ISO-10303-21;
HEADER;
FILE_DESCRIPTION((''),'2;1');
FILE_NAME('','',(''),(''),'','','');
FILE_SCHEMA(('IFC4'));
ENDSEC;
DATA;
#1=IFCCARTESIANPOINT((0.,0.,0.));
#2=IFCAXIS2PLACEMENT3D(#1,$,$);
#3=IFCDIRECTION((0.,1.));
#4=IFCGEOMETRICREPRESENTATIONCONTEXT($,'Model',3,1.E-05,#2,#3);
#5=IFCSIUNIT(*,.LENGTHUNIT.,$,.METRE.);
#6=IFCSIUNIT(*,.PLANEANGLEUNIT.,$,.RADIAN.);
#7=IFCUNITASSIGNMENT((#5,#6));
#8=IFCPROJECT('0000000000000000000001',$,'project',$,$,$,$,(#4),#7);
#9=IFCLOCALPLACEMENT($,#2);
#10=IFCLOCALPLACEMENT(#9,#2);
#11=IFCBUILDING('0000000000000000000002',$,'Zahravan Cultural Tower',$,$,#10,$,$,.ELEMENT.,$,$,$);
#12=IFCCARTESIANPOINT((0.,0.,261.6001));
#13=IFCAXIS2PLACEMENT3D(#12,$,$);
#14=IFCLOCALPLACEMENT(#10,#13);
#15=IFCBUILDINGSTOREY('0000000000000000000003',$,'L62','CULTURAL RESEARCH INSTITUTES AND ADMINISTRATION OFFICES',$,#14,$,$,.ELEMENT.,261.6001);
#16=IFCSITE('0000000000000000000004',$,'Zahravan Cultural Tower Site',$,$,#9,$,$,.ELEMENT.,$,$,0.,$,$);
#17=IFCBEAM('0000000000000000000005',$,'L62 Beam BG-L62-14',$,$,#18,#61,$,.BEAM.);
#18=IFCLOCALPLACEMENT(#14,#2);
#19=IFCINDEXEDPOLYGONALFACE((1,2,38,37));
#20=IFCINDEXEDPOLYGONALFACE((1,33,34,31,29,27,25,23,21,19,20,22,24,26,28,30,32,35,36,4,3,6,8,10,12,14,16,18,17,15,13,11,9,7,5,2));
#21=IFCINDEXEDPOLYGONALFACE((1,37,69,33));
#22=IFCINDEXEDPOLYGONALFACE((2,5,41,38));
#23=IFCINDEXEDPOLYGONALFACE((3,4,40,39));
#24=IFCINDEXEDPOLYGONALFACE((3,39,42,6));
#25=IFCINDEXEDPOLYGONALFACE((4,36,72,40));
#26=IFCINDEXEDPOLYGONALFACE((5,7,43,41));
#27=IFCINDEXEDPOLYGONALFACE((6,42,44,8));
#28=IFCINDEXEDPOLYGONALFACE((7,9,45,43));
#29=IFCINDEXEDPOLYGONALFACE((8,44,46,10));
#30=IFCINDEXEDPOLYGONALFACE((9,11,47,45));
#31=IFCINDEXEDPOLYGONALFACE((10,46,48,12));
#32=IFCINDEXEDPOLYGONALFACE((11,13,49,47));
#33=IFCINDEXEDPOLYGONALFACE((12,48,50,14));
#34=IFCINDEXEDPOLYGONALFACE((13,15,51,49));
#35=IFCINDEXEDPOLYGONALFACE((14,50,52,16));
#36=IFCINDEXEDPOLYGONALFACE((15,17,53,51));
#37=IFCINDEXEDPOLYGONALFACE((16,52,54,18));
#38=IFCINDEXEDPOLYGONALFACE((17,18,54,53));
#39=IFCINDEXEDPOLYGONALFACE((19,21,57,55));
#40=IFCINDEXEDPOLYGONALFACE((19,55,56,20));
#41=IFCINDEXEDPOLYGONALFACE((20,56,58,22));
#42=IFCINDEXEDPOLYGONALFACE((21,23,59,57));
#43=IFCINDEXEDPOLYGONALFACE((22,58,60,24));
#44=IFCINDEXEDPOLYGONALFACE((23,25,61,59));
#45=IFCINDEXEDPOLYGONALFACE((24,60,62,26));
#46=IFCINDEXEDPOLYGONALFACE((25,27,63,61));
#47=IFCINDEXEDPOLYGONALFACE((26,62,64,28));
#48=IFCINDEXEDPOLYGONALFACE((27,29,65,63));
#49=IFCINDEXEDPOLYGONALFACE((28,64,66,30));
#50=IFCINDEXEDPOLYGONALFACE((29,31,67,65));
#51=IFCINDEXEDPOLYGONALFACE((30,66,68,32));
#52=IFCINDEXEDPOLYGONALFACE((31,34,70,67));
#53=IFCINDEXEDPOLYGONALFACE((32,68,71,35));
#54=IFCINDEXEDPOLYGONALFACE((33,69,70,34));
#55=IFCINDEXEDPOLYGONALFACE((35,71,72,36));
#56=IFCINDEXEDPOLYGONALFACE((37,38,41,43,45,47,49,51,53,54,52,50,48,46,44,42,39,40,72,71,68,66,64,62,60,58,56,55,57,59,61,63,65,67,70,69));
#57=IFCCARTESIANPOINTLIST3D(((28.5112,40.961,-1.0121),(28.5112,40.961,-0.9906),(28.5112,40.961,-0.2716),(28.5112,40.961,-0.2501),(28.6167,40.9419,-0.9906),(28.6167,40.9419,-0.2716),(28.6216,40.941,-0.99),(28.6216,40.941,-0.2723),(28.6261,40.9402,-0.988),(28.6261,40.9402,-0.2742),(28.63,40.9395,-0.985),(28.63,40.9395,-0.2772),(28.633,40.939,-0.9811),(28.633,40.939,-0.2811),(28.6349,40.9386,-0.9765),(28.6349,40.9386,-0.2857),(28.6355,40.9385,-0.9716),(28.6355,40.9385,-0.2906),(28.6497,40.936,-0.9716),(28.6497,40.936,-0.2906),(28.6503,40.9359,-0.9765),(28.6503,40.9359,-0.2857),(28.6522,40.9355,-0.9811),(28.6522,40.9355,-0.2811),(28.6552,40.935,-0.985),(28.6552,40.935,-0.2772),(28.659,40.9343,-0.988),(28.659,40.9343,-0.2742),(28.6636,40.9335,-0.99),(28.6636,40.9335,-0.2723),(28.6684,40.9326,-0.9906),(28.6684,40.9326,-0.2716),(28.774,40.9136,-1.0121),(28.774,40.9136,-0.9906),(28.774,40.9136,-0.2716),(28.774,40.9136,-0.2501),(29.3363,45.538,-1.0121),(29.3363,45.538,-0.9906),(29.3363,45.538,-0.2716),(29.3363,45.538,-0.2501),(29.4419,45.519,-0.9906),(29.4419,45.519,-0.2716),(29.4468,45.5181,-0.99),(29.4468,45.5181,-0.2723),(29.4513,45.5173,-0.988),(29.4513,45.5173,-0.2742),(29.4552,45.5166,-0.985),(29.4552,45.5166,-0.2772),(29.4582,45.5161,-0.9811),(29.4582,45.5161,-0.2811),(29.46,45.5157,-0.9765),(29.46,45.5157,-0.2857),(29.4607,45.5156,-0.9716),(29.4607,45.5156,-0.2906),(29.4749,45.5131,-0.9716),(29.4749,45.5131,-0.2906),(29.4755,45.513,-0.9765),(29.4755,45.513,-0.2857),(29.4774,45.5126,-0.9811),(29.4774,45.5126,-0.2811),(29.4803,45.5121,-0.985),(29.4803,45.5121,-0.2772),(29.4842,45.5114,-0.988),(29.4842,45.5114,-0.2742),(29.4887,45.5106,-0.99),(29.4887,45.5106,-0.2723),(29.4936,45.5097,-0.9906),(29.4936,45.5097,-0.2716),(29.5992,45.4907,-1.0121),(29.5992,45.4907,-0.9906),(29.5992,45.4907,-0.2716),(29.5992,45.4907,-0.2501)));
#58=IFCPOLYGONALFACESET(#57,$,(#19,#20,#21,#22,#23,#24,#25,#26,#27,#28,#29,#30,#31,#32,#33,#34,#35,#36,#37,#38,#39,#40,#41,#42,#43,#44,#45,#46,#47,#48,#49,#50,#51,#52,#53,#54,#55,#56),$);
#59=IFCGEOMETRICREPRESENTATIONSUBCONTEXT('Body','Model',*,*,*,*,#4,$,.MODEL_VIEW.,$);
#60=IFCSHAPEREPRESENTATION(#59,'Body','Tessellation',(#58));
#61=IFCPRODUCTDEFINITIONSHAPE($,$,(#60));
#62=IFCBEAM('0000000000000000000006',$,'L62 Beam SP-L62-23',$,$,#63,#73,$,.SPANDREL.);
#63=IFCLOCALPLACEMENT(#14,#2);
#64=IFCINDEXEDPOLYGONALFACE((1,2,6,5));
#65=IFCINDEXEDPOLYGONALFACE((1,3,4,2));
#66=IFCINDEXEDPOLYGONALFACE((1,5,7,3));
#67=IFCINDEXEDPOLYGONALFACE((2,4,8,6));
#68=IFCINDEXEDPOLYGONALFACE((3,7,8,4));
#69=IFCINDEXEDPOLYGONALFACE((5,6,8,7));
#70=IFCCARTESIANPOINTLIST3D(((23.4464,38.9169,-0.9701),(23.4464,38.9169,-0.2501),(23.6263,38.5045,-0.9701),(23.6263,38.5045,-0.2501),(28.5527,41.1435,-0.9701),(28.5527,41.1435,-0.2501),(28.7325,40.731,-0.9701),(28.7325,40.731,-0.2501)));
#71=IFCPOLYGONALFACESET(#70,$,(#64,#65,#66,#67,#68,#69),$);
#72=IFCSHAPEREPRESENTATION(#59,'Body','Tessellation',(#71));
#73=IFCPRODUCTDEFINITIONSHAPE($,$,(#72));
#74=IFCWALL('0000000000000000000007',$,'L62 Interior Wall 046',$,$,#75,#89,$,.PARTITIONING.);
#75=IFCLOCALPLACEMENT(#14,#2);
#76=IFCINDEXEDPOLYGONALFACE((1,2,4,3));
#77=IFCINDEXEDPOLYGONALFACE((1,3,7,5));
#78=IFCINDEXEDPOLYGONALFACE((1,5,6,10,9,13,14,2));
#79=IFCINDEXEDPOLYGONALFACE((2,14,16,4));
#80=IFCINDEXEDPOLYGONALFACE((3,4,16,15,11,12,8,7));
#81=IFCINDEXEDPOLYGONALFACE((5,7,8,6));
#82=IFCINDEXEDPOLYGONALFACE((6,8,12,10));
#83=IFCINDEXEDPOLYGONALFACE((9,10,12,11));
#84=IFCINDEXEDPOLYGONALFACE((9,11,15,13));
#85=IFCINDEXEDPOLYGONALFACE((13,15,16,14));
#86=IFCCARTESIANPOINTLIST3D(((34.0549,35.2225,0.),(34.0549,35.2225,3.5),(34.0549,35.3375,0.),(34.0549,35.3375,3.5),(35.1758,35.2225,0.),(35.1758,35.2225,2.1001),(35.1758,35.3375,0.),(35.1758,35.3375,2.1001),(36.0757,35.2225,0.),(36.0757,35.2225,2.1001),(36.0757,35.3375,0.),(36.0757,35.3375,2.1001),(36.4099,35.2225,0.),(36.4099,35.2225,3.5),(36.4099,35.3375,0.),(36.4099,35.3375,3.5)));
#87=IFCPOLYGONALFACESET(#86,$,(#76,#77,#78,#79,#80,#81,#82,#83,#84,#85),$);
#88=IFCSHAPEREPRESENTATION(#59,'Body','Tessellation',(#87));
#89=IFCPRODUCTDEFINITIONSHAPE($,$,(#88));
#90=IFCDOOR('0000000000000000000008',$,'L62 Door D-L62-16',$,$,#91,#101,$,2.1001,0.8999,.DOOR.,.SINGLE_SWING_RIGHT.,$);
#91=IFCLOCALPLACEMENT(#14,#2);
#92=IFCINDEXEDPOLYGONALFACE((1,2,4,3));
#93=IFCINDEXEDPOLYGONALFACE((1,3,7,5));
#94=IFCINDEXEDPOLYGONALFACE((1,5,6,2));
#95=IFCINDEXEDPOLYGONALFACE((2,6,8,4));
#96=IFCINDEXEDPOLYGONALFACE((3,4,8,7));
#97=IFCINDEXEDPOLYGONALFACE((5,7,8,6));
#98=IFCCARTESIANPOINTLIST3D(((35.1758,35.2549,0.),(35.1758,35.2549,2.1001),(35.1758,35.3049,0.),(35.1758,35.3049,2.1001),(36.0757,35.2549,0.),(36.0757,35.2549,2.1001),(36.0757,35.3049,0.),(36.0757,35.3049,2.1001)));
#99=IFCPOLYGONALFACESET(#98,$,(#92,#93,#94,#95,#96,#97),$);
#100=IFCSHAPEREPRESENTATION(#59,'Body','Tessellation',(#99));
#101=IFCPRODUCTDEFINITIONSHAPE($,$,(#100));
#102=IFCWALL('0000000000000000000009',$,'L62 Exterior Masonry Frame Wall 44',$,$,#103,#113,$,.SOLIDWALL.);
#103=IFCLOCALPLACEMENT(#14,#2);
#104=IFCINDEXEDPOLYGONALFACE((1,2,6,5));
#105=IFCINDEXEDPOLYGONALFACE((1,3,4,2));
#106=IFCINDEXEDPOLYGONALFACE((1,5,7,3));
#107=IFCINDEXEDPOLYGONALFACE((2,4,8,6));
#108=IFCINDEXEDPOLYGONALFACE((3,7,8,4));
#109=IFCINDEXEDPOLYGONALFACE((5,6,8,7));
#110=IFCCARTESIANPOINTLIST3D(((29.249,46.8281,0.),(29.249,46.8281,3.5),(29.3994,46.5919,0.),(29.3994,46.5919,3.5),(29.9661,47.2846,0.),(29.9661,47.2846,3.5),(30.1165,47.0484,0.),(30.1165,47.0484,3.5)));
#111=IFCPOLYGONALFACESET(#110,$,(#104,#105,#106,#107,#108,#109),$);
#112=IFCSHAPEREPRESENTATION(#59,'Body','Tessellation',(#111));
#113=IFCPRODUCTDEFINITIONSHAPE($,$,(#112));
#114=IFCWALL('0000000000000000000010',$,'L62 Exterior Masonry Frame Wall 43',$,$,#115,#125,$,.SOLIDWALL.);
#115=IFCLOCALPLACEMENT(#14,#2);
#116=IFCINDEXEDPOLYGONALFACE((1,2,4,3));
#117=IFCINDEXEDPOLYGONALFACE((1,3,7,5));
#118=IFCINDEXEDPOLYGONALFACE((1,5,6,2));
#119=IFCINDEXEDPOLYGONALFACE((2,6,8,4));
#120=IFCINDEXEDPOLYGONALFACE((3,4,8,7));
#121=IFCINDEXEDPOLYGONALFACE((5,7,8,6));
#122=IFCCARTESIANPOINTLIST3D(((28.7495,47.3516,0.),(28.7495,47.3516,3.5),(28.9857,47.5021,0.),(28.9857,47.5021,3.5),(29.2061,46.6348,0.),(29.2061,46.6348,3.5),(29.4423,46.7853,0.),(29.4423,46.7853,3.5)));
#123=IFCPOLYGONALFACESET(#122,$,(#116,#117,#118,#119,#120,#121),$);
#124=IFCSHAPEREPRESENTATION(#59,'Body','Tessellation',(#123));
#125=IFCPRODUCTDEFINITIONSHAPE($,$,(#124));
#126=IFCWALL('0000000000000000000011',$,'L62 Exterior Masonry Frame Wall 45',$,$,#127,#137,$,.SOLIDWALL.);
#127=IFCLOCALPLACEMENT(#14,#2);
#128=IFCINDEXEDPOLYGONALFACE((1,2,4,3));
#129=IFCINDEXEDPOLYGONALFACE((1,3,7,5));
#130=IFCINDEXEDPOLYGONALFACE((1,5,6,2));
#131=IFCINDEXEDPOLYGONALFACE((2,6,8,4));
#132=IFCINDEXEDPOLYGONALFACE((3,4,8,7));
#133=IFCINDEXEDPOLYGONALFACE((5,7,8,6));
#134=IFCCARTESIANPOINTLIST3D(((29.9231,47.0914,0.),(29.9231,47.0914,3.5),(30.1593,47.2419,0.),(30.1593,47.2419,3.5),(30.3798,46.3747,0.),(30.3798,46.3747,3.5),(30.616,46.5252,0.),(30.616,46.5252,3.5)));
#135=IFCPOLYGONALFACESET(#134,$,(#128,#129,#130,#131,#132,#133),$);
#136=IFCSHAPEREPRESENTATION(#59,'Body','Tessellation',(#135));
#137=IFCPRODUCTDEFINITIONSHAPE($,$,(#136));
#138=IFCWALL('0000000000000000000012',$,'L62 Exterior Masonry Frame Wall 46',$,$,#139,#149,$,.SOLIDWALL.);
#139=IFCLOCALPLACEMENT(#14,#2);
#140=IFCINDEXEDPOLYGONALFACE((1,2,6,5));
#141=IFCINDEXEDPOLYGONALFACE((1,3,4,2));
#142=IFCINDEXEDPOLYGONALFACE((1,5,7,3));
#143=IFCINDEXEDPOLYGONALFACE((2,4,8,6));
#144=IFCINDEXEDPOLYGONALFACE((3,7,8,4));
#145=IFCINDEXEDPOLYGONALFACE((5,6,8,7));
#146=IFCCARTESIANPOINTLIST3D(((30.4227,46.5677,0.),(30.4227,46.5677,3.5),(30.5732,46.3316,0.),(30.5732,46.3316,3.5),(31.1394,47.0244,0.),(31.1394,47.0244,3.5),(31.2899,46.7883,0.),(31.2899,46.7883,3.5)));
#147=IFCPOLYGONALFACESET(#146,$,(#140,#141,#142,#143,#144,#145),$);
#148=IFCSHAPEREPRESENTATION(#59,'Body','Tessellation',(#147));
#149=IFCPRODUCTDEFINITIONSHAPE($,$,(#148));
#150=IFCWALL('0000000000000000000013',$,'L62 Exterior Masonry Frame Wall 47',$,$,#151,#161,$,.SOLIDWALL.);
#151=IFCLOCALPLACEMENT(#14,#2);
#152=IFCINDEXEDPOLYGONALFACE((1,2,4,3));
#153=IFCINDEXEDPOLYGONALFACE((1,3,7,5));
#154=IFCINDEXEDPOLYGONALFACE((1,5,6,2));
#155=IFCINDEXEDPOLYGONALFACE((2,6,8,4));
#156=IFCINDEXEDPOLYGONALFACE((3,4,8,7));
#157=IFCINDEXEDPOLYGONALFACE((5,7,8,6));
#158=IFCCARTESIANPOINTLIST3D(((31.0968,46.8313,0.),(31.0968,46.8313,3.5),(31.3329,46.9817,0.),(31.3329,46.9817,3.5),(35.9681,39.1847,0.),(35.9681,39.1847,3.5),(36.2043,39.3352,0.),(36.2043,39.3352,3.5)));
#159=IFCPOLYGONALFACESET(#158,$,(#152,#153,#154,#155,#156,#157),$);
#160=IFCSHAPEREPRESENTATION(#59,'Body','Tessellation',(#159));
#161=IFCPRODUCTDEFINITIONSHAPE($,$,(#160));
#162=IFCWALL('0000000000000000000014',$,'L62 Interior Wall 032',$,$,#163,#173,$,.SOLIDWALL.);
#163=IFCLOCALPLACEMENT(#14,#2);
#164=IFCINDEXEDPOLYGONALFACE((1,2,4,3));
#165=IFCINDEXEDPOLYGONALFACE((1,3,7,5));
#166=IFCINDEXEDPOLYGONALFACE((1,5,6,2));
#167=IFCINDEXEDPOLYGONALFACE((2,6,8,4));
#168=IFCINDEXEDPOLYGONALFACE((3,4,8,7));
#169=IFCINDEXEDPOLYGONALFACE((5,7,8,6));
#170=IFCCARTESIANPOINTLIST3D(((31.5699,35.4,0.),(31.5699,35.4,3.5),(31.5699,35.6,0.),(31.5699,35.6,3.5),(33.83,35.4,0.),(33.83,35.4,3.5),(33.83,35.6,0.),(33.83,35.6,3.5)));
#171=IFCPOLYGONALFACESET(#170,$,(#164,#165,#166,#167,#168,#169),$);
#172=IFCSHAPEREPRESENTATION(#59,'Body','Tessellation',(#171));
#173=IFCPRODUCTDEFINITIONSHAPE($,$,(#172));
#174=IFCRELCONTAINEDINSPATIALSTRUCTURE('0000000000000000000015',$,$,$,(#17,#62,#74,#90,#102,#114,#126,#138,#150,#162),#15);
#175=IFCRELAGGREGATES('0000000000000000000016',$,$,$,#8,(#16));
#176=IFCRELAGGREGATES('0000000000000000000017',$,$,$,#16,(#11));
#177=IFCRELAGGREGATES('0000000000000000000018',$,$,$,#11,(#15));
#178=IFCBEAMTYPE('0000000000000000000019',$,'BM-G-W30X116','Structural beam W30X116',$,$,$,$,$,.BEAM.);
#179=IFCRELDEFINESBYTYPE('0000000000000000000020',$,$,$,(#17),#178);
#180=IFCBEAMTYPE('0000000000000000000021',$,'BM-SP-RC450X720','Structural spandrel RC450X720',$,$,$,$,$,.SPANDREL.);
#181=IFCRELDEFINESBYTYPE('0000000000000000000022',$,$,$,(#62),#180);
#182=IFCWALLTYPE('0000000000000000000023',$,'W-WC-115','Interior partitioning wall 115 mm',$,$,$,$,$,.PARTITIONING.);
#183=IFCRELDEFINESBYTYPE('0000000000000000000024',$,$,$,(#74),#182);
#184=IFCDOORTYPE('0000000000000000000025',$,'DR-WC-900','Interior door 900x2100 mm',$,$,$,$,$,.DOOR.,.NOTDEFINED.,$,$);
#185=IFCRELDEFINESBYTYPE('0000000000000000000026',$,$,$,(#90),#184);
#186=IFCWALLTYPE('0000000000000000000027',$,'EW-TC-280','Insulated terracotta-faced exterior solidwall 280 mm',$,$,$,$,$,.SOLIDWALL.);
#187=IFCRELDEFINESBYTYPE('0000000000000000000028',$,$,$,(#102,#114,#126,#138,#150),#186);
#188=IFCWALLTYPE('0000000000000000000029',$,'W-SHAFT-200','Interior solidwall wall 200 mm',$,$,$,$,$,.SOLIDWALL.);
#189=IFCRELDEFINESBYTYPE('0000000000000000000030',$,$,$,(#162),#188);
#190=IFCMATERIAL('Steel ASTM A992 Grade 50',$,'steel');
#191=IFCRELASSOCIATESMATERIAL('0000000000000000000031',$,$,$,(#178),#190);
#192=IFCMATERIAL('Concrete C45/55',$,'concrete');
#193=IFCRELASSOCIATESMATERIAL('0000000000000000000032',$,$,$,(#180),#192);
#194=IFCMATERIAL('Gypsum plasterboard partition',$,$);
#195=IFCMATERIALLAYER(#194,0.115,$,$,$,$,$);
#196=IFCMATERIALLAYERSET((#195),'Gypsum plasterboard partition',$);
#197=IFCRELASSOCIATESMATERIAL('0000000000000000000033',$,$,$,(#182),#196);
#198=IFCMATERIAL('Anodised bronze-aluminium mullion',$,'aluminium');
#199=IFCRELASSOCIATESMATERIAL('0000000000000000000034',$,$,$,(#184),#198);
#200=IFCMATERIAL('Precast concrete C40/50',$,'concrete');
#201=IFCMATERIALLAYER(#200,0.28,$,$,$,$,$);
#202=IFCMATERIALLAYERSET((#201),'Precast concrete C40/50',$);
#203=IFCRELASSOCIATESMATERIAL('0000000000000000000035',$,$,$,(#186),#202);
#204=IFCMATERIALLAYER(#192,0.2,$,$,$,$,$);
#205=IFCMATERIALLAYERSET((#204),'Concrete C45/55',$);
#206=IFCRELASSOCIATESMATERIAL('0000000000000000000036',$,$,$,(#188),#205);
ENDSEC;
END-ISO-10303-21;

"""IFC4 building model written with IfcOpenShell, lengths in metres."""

from ifc_helpers import new_model, si_unit, direction, frame, frame_2d, origin, origin_2d, place, context, subcontext, project, spatial, rectangle, i_section, extrude, source, transform, mapped, material, layer, layer_set, material_profile, profile_set, type_object, element, fill, save


model = new_model("IFC4")

# Units and contexts
model_context = context("Model", 3, precision=1e-05, world=origin(), true_north=direction((0.0, 1.0)))
body_context = subcontext(model_context, "Body", "Model", "MODEL_VIEW")
ifc_project = project(units=[si_unit("LENGTHUNIT", "METRE"), si_unit("PLANEANGLEUNIT", "RADIAN")], contexts=[model_context])

# Site, building, storey
site_placement = place(None, origin())
site = spatial("IfcSite", under=ifc_project, at=site_placement, Name="Zahravan Cultural Tower Site", CompositionType="ELEMENT", RefElevation=0.0)
building_placement = place(site_placement, origin())
building = spatial("IfcBuilding", under=site, at=building_placement, Name="Zahravan Cultural Tower", CompositionType="ELEMENT")
storey_placement = place(building_placement, frame((0.0, 0.0, 261.6001)))
storey = spatial("IfcBuildingStorey", under=building, at=storey_placement, Name="L62", Description="CULTURAL RESEARCH INSTITUTES AND ADMINISTRATION OFFICES", CompositionType="ELEMENT", Elevation=261.6001)

# Shared definitions
ifc_material_1 = material(Name="Steel ASTM A992 Grade 50", Category="steel")

# Beams
ifc_material_profile_1 = material_profile(ifc_material_1, i_section(OverallWidth=0.2671, OverallDepth=0.762, WebThickness=0.0144, FlangeThickness=0.0215, FilletRadius=0.019, at=origin_2d()), Name="W30X116")
ifc_profile_set_1 = profile_set([ifc_material_profile_1], Name="Steel ASTM A992 Grade 50")
beam_type_1 = type_object("IfcBeamType", Name="BM-G-W30X116", Description="Structural beam W30X116", PredefinedType="BEAM", material=ifc_profile_set_1)
shared_shape_1 = source(origin(), body_context, "Body", "SweptSolid", [
    extrude(i_section(OverallWidth=0.2671, OverallDepth=0.762, WebThickness=0.0144, FlangeThickness=0.0215, FilletRadius=0.019, at=origin_2d()), origin(), (0.0, 0.0, 1.0), 4.6509),
])
beam_1_placement = place(storey_placement, frame((28.6426, 40.9373, -0.6311), z_axis=(0.177426, 0.984134, 0.0), x_axis=(-0.984134, 0.177426, 0.0)))
element("IfcBeam", 1, at=beam_1_placement, inside=storey, type_object=beam_type_1, Name="L62 Beam BG-L62-14", PredefinedType="BEAM", context=body_context, shape_type="MappedRepresentation", body=[
    mapped(shared_shape_1, transform((0.0, 0.0, 0.0), x_axis=(1.0, 0.0, 0.0), y_axis=(0.0, 1.0, 0.0), z_axis=(0.0, 0.0, 1.0), scale=1.0)),
])
ifc_material_2 = material(Name="Concrete C45/55", Category="concrete")
ifc_material_profile_2 = material_profile(ifc_material_2, rectangle(XDim=0.45, YDim=0.72, at=origin_2d()), Name="RC450X720")
ifc_profile_set_2 = profile_set([ifc_material_profile_2], Name="Concrete C45/55")
beam_type_2 = type_object("IfcBeamType", Name="BM-SP-RC450X720", Description="Structural spandrel RC450X720", PredefinedType="SPANDREL", material=ifc_profile_set_2)
shared_shape_2 = source(origin(), body_context, "Body", "SweptSolid", [
    extrude(rectangle(XDim=0.45, YDim=0.72, at=origin_2d()), origin(), (0.0, 0.0, 1.0), 5.5706),
])
beam_2_placement = place(storey_placement, frame((28.6426, 40.9373, -0.6101), z_axis=(-0.916645, -0.399703, 0.0), x_axis=(0.399703, -0.916645, 0.0)))
element("IfcBeam", 2, at=beam_2_placement, inside=storey, type_object=beam_type_2, Name="L62 Beam SP-L62-23", PredefinedType="SPANDREL", context=body_context, shape_type="MappedRepresentation", body=[
    mapped(shared_shape_2, transform((0.0, 0.0, 0.0), x_axis=(1.0, 0.0, 0.0), y_axis=(0.0, 1.0, 0.0), z_axis=(0.0, 0.0, 1.0), scale=1.0)),
])

# Wall, opening, door
ifc_material_3 = material(Name="Gypsum plasterboard partition")
ifc_material_4 = material(Name="Anodised bronze-aluminium mullion", Category="aluminium")
ifc_layer_1 = layer(ifc_material_3, 0.115)
ifc_layer_set_1 = layer_set([ifc_layer_1], Name="Gypsum plasterboard partition")
wall_type_1 = type_object("IfcWallType", Name="W-WC-115", Description="Interior partitioning wall 115 mm", PredefinedType="PARTITIONING", material=ifc_layer_set_1)
wall_1_placement = place(storey_placement, frame((34.0549, 35.28, 0.0), z_axis=(0.0, 0.0, 1.0), x_axis=(1.0, 0.0, 0.0)))
wall_1 = element("IfcWall", 3, at=wall_1_placement, inside=storey, type_object=wall_type_1, Name="L62 Interior Wall 046", PredefinedType="PARTITIONING", context=body_context, shape_type="SweptSolid", body=[
    extrude(rectangle(XDim=2.355, YDim=0.115, at=frame_2d((1.1775, 0.0))), origin(), (0.0, 0.0, 1.0), 3.5),
])
opening_1_placement = place(wall_1_placement, frame((1.1208, 0.0, 0.0)))
opening_1 = element("IfcOpeningElement", 4, at=opening_1_placement, cuts=wall_1, PredefinedType="OPENING", context=body_context, shape_type="SweptSolid", body=[
    extrude(rectangle(XDim=0.8999, YDim=2.1001, at=frame_2d((0.45, 1.05))), frame((0.0, 0.0674, 0.0), z_axis=(0.0, -1.0, 0.0), x_axis=(1.0, 0.0, 0.0)), (0.0, 0.0, 1.0), 0.135),
])
door_type_1 = type_object("IfcDoorType", Name="DR-WC-900", Description="Interior door 900x2100 mm", OperationType="NOTDEFINED", PredefinedType="DOOR", material=ifc_material_4)
shared_shape_3 = source(origin(), body_context, "Body", "SweptSolid", [
    extrude(rectangle(XDim=0.8999, YDim=2.1001, at=frame_2d((0.45, 1.05))), frame((0.0, 0.0249, 0.0), z_axis=(0.0, -1.0, 0.0), x_axis=(1.0, 0.0, 0.0)), (0.0, 0.0, 1.0), 0.05),
])
door_1_placement = place(opening_1_placement, origin())
door_1 = element("IfcDoor", 5, at=door_1_placement, inside=storey, type_object=door_type_1, Name="L62 Door D-L62-16", OperationType="SINGLE_SWING_RIGHT", OverallHeight=2.1001, OverallWidth=0.8999, PredefinedType="DOOR", context=body_context, shape_type="MappedRepresentation", body=[
    mapped(shared_shape_3, transform((0.0, 0.0, 0.0), x_axis=(1.0, 0.0, 0.0), y_axis=(0.0, 1.0, 0.0), z_axis=(0.0, 0.0, 1.0), scale=1.0)),
])
fill(opening_1, door_1)

# Walls
ifc_material_5 = material(Name="Precast concrete C40/50", Category="concrete")
ifc_layer_2 = layer(ifc_material_5, 0.28)
ifc_layer_set_2 = layer_set([ifc_layer_2], Name="Precast concrete C40/50")
wall_type_2 = type_object("IfcWallType", Name="EW-TC-280", Description="Insulated terracotta-faced exterior solidwall 280 mm", PredefinedType="SOLIDWALL", material=ifc_layer_set_2)
shared_shape_4 = source(origin(), body_context, "Body", "SweptSolid", [
    extrude(rectangle(XDim=0.8501, YDim=0.28, at=frame_2d((0.425, 0.0))), origin(), (0.0, 0.0, 1.0), 3.5),
])
wall_2_placement = place(storey_placement, frame((29.3242, 46.71, 0.0), z_axis=(0.0, 0.0, 1.0), x_axis=(0.843531, 0.53708, 0.0)))
element("IfcWall", 6, at=wall_2_placement, inside=storey, type_object=wall_type_2, Name="L62 Exterior Masonry Frame Wall 44", PredefinedType="SOLIDWALL", context=body_context, shape_type="MappedRepresentation", body=[
    mapped(shared_shape_4, transform((0.0, 0.0, 0.0), x_axis=(1.0, 0.0, 0.0), y_axis=(0.0, 1.0, 0.0), z_axis=(0.0, 0.0, 1.0), scale=1.0)),
])
shared_shape_5 = source(origin(), body_context, "Body", "SweptSolid", [
    extrude(rectangle(XDim=0.8499, YDim=0.28, at=frame_2d((0.4248, 0.0))), origin(), (0.0, 0.0, 1.0), 3.5),
])
for number, where, z_axis, x_axis, name in (
    (7, (28.8677, 47.4268, 0.0), (0.0, 0.0, 1.0), (0.53721, -0.843448, 0.0), "L62 Exterior Masonry Frame Wall 43"),
    (8, (30.0413, 47.1665, 0.0), (0.0, 0.0, 1.0), (0.537414, -0.843318, 0.0), "L62 Exterior Masonry Frame Wall 45"),
    (9, (30.498, 46.4497, 0.0), (0.0, 0.0, 1.0), (0.843318, 0.537414, 0.0), "L62 Exterior Masonry Frame Wall 46"),
):
    element("IfcWall", number, at=place(storey_placement, frame(where, z_axis=z_axis, x_axis=x_axis)), inside=storey, type_object=wall_type_2, Name=name, PredefinedType="SOLIDWALL", context=body_context, shape_type="MappedRepresentation", body=[
        mapped(shared_shape_5, transform((0.0, 0.0, 0.0), x_axis=(1.0, 0.0, 0.0), y_axis=(0.0, 1.0, 0.0), z_axis=(0.0, 0.0, 1.0), scale=1.0)),
    ])
shared_shape_6 = source(origin(), body_context, "Body", "SweptSolid", [
    extrude(rectangle(XDim=9.0664, YDim=0.28, at=frame_2d((4.5332, 0.0))), origin(), (0.0, 0.0, 1.0), 3.5),
])
wall_3_placement = place(storey_placement, frame((31.2148, 46.9065, 0.0), z_axis=(0.0, 0.0, 1.0), x_axis=(0.537299, -0.843392, 0.0)))
element("IfcWall", 10, at=wall_3_placement, inside=storey, type_object=wall_type_2, Name="L62 Exterior Masonry Frame Wall 47", PredefinedType="SOLIDWALL", context=body_context, shape_type="MappedRepresentation", body=[
    mapped(shared_shape_6, transform((0.0, 0.0, 0.0), x_axis=(1.0, 0.0, 0.0), y_axis=(0.0, 1.0, 0.0), z_axis=(0.0, 0.0, 1.0), scale=1.0)),
])
ifc_layer_3 = layer(ifc_material_2, 0.2)
ifc_layer_set_3 = layer_set([ifc_layer_3], Name="Concrete C45/55")
wall_type_3 = type_object("IfcWallType", Name="W-SHAFT-200", Description="Interior solidwall wall 200 mm", PredefinedType="SOLIDWALL", material=ifc_layer_set_3)
shared_shape_7 = source(origin(), body_context, "Body", "SweptSolid", [
    extrude(rectangle(XDim=2.26, YDim=0.2, at=frame_2d((1.1299, 0.0))), origin(), (0.0, 0.0, 1.0), 3.5),
])
wall_4_placement = place(storey_placement, frame((31.5701, 35.5, 0.0), z_axis=(0.0, 0.0, 1.0), x_axis=(1.0, 0.0, 0.0)))
element("IfcWall", 11, at=wall_4_placement, inside=storey, type_object=wall_type_3, Name="L62 Interior Wall 032", PredefinedType="SOLIDWALL", context=body_context, shape_type="MappedRepresentation", body=[
    mapped(shared_shape_7, transform((0.0, 0.0, 0.0), x_axis=(1.0, 0.0, 0.0), y_axis=(0.0, 1.0, 0.0), z_axis=(0.0, 0.0, 1.0), scale=1.0)),
])

save(model, "model.ifc")
